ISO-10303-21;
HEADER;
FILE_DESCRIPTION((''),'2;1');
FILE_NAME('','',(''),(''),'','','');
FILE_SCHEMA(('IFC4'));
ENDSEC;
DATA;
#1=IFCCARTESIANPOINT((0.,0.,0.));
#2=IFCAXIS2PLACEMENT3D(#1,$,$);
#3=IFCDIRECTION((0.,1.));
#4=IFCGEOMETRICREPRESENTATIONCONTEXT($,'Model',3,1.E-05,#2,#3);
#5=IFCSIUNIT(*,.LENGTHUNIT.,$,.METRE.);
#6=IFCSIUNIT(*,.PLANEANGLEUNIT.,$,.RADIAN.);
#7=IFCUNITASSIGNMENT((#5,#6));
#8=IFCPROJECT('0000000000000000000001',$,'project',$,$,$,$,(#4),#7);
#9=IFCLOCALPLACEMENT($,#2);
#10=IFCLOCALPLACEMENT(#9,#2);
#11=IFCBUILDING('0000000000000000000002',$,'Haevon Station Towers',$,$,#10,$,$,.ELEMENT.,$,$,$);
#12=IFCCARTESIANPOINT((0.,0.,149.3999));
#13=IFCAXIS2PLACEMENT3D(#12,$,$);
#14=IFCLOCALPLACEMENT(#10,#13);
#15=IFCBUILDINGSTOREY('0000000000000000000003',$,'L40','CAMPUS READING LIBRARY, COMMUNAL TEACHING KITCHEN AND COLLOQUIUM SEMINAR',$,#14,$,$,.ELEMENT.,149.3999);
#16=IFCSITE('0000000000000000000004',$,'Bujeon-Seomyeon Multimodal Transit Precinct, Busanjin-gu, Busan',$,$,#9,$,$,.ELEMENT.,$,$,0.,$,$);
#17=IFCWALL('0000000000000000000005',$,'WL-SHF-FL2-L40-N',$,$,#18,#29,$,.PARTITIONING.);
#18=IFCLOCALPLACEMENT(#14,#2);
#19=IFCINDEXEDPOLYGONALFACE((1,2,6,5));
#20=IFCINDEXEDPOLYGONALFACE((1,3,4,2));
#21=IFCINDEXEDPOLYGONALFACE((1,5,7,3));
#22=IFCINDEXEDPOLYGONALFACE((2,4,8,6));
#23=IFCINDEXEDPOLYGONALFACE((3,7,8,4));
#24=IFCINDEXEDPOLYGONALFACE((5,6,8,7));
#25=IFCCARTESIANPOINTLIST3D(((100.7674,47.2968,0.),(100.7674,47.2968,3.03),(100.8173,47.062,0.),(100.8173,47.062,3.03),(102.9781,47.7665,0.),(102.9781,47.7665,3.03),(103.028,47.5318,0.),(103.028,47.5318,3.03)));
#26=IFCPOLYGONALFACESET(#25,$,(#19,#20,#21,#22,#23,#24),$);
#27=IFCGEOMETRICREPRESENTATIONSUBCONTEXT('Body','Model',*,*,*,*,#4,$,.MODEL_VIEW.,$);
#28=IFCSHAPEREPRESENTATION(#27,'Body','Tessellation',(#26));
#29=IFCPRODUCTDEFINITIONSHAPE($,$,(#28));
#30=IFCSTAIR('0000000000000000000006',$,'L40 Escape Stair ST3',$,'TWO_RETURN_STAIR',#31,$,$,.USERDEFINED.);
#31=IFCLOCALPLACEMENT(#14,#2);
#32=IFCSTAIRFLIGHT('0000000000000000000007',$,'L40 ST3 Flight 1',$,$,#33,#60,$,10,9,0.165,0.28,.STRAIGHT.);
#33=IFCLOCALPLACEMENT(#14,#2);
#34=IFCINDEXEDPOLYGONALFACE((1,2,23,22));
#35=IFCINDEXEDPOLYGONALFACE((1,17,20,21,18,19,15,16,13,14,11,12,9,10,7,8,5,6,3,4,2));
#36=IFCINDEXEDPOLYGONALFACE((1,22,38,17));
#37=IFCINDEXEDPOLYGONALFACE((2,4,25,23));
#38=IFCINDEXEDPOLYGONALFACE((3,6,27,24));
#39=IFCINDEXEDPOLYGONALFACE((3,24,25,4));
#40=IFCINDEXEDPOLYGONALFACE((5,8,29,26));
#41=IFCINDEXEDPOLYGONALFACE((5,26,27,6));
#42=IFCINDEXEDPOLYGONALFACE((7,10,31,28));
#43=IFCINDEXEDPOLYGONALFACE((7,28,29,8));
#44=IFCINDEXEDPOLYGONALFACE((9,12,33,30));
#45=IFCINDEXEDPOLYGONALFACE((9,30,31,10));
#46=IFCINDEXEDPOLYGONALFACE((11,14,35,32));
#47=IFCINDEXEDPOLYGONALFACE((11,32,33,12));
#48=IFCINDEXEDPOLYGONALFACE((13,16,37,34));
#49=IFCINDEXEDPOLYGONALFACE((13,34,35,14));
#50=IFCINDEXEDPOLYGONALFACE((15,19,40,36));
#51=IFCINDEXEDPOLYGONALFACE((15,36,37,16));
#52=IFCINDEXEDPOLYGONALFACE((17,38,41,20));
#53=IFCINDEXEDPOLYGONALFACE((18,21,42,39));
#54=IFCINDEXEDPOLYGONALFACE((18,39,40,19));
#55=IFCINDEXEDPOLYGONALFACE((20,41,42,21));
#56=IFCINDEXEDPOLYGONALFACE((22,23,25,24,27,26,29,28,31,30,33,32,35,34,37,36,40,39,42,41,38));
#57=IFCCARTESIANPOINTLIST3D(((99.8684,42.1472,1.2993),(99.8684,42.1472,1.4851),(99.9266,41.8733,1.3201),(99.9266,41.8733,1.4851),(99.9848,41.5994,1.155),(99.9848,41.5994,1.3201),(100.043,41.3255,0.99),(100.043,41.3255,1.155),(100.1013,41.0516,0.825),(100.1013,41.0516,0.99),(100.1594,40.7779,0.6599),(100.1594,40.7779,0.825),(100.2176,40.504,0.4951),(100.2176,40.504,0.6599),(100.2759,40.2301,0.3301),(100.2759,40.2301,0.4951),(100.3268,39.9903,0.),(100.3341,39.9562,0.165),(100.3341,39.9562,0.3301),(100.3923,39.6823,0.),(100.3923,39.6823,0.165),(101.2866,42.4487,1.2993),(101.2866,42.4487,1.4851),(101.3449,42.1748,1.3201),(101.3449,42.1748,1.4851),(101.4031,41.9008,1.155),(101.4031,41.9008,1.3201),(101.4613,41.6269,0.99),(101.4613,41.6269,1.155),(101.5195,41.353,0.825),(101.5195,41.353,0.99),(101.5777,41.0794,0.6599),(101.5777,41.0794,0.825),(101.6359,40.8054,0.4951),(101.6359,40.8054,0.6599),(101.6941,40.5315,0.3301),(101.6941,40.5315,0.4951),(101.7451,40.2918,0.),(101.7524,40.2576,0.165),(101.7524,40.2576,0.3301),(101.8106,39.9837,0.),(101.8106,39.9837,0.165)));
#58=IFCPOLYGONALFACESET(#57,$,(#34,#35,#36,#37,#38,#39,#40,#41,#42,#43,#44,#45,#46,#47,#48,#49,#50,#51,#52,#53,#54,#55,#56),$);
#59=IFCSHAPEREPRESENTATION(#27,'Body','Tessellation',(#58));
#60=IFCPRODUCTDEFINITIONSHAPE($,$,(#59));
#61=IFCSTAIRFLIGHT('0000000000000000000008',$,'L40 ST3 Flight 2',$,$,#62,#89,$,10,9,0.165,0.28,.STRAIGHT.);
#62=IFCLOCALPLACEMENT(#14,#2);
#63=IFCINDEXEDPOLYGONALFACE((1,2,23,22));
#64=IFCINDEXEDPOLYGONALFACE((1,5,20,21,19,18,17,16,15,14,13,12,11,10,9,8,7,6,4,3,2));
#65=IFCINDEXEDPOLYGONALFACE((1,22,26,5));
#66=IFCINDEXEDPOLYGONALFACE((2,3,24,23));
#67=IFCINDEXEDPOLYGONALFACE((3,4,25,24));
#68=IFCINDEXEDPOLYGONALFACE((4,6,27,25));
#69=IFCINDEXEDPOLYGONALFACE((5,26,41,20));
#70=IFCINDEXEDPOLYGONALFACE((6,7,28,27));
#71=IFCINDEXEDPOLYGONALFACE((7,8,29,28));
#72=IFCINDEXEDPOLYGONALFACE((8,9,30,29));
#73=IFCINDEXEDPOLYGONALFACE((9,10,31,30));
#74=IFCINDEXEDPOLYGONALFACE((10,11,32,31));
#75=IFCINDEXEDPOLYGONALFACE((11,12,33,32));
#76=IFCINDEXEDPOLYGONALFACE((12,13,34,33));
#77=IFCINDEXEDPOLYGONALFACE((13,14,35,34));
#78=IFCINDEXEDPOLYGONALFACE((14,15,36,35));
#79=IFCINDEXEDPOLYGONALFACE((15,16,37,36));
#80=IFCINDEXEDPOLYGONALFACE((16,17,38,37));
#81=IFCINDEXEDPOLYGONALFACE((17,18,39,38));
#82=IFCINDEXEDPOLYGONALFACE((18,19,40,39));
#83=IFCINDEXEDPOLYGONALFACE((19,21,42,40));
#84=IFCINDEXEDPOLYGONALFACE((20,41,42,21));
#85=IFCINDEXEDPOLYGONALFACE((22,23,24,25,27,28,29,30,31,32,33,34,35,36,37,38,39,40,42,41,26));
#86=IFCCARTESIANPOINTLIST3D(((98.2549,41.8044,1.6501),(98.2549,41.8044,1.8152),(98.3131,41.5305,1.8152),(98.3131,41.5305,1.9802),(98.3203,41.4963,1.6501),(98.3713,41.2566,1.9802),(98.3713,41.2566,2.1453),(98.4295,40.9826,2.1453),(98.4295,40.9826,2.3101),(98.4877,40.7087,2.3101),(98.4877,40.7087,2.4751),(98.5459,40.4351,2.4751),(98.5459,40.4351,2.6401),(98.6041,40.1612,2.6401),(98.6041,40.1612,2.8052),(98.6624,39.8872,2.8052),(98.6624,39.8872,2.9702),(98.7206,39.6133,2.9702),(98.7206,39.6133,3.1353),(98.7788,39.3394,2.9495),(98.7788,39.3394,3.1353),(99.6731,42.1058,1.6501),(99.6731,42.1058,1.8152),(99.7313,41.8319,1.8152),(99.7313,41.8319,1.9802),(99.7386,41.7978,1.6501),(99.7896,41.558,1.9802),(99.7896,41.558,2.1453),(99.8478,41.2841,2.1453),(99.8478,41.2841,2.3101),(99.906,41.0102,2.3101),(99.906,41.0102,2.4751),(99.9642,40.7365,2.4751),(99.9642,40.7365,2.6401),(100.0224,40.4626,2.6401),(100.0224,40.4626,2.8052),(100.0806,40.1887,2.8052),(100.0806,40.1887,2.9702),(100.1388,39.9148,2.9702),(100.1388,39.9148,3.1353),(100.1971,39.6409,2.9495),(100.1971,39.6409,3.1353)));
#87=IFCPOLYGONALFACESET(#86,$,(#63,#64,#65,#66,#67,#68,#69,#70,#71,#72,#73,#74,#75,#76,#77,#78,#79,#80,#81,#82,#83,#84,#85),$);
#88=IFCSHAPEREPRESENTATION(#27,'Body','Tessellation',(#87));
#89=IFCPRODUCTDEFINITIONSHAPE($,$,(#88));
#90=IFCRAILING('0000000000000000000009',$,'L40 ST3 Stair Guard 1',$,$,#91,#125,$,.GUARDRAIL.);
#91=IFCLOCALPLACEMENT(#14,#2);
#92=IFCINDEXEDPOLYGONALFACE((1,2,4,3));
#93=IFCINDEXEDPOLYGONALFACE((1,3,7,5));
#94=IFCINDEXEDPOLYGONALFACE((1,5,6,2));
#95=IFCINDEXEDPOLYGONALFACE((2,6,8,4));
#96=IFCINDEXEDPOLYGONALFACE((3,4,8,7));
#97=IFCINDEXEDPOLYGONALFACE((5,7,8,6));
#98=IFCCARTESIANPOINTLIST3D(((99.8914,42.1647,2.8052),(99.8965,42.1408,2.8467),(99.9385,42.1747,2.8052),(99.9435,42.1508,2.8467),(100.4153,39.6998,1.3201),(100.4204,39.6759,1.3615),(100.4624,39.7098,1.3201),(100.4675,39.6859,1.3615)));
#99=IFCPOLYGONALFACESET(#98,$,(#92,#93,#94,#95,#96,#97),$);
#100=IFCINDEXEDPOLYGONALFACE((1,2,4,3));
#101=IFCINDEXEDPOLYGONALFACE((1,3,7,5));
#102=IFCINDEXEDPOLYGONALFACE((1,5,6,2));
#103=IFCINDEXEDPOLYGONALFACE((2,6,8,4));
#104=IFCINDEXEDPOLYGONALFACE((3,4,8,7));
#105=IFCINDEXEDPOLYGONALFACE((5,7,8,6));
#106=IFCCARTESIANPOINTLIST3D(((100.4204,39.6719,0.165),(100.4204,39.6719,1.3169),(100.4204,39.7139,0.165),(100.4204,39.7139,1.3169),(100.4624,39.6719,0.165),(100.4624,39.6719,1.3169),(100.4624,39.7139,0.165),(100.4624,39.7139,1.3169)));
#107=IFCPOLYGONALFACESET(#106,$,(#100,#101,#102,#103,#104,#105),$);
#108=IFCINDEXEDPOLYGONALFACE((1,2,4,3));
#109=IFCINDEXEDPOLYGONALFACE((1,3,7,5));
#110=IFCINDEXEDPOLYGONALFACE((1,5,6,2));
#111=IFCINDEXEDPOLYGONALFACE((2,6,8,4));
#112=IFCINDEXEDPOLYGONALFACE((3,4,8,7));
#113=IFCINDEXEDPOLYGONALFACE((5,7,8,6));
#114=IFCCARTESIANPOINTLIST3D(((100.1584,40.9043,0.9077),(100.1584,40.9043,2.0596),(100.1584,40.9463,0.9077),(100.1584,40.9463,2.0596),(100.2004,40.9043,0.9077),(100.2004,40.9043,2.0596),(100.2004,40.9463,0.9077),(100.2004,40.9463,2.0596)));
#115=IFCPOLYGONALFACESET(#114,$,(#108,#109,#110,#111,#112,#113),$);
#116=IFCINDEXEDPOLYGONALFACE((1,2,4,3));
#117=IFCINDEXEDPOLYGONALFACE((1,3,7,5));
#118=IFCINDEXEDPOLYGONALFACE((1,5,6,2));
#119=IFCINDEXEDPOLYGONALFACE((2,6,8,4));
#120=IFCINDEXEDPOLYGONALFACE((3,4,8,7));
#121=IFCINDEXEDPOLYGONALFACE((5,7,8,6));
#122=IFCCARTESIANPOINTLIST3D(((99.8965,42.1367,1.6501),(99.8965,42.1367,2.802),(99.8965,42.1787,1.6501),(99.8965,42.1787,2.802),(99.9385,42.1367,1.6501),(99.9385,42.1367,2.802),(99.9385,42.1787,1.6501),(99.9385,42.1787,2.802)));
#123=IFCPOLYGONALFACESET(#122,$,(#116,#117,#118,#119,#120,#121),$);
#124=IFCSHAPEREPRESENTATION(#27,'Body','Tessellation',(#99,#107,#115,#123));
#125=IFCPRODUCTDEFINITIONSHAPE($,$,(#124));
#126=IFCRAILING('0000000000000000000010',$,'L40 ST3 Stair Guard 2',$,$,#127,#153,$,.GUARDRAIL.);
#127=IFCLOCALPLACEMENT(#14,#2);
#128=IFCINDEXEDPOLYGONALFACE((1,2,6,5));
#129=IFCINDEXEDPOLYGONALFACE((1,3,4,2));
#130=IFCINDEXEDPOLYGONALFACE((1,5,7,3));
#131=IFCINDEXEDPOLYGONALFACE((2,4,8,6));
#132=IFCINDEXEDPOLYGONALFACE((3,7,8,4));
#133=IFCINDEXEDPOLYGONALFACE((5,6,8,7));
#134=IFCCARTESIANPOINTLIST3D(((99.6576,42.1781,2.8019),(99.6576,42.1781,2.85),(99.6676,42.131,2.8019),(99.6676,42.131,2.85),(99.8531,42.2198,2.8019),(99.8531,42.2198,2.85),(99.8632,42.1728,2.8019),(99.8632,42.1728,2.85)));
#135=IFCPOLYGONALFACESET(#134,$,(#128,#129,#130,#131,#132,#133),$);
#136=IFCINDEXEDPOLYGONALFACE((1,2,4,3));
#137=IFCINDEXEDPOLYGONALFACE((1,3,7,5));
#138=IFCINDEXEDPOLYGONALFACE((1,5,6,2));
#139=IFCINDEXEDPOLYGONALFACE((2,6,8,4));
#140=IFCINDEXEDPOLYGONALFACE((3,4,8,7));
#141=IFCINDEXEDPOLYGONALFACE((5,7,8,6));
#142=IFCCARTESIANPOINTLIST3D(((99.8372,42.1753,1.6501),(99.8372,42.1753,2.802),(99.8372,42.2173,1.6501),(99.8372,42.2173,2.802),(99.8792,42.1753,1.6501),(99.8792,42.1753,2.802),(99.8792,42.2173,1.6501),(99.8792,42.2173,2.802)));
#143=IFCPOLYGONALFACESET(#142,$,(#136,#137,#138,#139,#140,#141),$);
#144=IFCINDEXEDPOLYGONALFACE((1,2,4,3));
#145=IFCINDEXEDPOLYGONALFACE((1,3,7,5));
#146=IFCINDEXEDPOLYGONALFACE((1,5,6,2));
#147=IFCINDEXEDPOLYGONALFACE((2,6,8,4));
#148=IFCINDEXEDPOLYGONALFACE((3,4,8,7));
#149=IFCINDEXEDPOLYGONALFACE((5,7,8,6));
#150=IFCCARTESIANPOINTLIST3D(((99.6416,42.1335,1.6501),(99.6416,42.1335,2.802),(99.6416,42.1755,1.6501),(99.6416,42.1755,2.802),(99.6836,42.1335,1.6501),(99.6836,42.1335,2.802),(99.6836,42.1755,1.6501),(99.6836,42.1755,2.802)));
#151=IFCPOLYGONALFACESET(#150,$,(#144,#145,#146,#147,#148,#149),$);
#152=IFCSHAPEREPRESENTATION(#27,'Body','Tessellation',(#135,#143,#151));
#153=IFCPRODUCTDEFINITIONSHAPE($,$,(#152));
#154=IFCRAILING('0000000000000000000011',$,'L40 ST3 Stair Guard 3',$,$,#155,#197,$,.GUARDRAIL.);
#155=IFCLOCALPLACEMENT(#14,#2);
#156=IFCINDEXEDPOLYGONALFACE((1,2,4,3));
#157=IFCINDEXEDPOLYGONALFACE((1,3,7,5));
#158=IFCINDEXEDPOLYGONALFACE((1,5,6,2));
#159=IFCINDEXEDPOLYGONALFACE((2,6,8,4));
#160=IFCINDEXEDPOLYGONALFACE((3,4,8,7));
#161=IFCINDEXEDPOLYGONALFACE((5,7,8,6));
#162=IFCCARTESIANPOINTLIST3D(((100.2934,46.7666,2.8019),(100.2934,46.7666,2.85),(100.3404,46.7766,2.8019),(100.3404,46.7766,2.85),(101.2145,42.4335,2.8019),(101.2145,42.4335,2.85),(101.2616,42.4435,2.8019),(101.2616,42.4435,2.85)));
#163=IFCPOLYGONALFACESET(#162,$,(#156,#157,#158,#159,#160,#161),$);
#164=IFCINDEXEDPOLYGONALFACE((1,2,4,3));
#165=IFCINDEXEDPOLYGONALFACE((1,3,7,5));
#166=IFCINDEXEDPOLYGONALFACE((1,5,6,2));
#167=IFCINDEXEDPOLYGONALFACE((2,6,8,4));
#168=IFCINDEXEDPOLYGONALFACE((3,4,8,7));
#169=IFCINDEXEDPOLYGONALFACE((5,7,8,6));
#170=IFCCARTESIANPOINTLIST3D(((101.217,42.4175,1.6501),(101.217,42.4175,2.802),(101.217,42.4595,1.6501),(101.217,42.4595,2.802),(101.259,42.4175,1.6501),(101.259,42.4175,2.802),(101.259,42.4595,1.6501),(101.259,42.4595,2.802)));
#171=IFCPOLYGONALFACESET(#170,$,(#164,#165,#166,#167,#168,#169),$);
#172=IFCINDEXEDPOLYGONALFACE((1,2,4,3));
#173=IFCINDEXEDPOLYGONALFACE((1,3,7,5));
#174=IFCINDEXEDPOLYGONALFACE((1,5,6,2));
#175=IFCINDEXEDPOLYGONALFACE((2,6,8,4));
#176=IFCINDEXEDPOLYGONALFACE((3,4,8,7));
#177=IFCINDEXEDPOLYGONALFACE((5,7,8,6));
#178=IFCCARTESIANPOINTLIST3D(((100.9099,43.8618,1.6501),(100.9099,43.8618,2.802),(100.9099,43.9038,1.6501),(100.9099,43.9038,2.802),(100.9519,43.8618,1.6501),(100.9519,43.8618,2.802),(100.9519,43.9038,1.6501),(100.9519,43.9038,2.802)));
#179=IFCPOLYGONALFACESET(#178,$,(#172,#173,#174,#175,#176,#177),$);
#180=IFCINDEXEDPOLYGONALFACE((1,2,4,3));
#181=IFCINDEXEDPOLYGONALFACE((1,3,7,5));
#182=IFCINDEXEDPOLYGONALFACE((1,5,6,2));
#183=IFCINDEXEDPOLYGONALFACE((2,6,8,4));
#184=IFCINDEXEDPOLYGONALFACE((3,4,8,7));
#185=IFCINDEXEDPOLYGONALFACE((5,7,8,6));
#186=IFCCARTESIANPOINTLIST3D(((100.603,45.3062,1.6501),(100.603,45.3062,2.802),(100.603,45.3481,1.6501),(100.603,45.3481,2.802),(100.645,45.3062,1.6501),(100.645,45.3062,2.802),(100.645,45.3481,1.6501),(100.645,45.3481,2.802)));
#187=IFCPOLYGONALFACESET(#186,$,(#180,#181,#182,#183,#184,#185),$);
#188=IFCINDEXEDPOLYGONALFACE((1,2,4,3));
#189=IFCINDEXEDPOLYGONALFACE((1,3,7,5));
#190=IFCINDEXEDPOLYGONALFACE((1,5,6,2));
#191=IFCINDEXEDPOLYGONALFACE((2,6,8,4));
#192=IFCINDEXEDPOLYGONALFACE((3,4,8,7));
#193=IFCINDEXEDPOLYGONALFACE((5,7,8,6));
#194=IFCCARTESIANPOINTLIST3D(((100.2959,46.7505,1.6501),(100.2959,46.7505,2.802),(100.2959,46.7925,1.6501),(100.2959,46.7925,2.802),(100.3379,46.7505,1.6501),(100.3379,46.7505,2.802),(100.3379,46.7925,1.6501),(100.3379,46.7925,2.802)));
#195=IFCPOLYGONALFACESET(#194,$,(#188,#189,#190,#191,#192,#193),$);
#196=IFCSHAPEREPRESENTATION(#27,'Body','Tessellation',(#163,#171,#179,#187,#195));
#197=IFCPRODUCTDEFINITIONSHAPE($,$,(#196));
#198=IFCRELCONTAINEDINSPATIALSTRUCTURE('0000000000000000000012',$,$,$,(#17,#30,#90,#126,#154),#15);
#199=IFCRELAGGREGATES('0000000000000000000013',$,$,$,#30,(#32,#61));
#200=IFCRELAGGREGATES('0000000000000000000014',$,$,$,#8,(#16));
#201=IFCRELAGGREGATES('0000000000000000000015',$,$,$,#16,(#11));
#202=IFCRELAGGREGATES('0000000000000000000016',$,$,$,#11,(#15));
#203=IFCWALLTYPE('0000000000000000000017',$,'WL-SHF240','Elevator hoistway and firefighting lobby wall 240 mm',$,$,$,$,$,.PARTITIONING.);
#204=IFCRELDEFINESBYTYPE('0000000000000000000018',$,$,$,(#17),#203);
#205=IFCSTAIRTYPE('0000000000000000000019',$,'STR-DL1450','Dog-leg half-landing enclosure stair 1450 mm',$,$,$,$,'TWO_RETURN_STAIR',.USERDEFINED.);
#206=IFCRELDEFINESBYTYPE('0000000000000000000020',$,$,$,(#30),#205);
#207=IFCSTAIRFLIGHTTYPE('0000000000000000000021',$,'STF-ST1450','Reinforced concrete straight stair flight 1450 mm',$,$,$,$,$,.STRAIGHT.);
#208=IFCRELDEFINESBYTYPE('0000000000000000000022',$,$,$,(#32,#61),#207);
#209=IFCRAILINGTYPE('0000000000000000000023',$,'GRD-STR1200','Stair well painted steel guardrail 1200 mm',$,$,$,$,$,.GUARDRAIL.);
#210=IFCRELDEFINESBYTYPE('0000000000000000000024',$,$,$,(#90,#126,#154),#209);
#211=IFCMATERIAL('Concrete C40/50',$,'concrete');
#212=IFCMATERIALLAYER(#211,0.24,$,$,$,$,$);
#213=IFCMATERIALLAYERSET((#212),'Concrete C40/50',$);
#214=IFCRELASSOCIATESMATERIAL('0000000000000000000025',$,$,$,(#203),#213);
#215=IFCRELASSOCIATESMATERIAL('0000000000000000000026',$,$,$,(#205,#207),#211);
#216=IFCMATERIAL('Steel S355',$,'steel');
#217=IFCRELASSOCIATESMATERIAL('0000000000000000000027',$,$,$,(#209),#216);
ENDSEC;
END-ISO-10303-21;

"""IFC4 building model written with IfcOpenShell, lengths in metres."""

from ifc_helpers import new_model, si_unit, direction, frame, frame_2d, origin, origin_2d, place, context, subcontext, project, spatial, polyline, rectangle, outline, extrude, material, layer, layer_set, type_object, element, aggregate, save


model = new_model("IFC4")

# Units and contexts
model_context = context("Model", 3, precision=1e-05, world=origin(), true_north=direction((0.0, 1.0)))
body_context = subcontext(model_context, "Body", "Model", "MODEL_VIEW")
ifc_project = project(units=[si_unit("LENGTHUNIT", "METRE"), si_unit("PLANEANGLEUNIT", "RADIAN")], contexts=[model_context])

# Site, building, storey
site_placement = place(None, origin())
site = spatial("IfcSite", under=ifc_project, at=site_placement, Name="Bujeon-Seomyeon Multimodal Transit Precinct, Busanjin-gu, Busan", CompositionType="ELEMENT", RefElevation=0.0)
building_placement = place(site_placement, origin())
building = spatial("IfcBuilding", under=site, at=building_placement, Name="Haevon Station Towers", CompositionType="ELEMENT")
storey_placement = place(building_placement, frame((0.0, 0.0, 149.3999)))
storey = spatial("IfcBuildingStorey", under=building, at=storey_placement, Name="L40", Description="CAMPUS READING LIBRARY, COMMUNAL TEACHING KITCHEN AND COLLOQUIUM SEMINAR", CompositionType="ELEMENT", Elevation=149.3999)

# Shared definitions
ifc_material_1 = material(Name="Steel S355", Category="steel")

# Shared definitions
ifc_material_2 = material(Name="Concrete C40/50", Category="concrete")
ifc_layer_1 = layer(ifc_material_2, 0.24)
ifc_layer_set_1 = layer_set([ifc_layer_1], Name="Concrete C40/50")
wall_type_1 = type_object("IfcWallType", Name="WL-SHF240", Description="Elevator hoistway and firefighting lobby wall 240 mm", PredefinedType="PARTITIONING", material=ifc_layer_set_1)

# Wall
wall_1_placement = place(storey_placement, frame((100.7925, 47.1794, 0.0), z_axis=(0.0, 0.0, 1.0), x_axis=(0.978163, 0.207839, 0.0)))
element("IfcWall", 1, at=wall_1_placement, inside=storey, type_object=wall_type_1, Name="WL-SHF-FL2-L40-N", PredefinedType="PARTITIONING", context=body_context, shape_type="SweptSolid", body=[
    extrude(rectangle(XDim=2.26, YDim=0.24, at=frame_2d((1.1299, 0.0))), origin(), (0.0, 0.0, 1.0), 3.03),
])

# Stair, stair flights
stair_type = type_object("IfcStairType", Name="STR-DL1450", Description="Dog-leg half-landing enclosure stair 1450 mm", ElementType="TWO_RETURN_STAIR", PredefinedType="USERDEFINED", material=ifc_material_2)
stair_placement = place(storey_placement, origin())
stair = element("IfcStair", 2, at=stair_placement, inside=storey, type_object=stair_type, Name="L40 Escape Stair ST3", ObjectType="TWO_RETURN_STAIR", PredefinedType="USERDEFINED")
stair_flight_type = type_object("IfcStairFlightType", Name="STF-ST1450", Description="Reinforced concrete straight stair flight 1450 mm", PredefinedType="STRAIGHT", material=ifc_material_2)
stair_flight_1_placement = place(storey_placement, frame((101.1016, 39.833, 0.0), z_axis=(0.0, 0.0, 1.0), x_axis=(-0.207912, 0.978148, 0.0)))
stair_flight_1 = element("IfcStairFlight", 3, at=stair_flight_1_placement, type_object=stair_flight_type, Name="L40 ST3 Flight 1", NumberOfRisers=10, NumberOfTreads=9, PredefinedType="STRAIGHT", RiserHeight=0.165, TreadLength=0.28, context=body_context, shape_type="SweptSolid", body=[
    extrude(outline(polyline([(0.0, 0.0), (0.0, 0.165), (0.28, 0.165), (0.28, 0.3301), (0.5601, 0.3301), (0.5601, 0.4951), (0.8401, 0.4951), (0.8401, 0.6599), (1.1201, 0.6599), (1.1201, 0.825), (1.3999, 0.825), (1.3999, 0.99), (1.6799, 0.99), (1.6799, 1.155), (1.96, 1.155), (1.96, 1.3201), (2.24, 1.3201), (2.24, 1.4851), (2.52, 1.4851), (2.52, 1.6499), (2.52, 1.2993), (0.3149, 0.0), (0.0, 0.0)])), frame((0.0, 0.7251, 0.0), z_axis=(0.0, -1.0, 0.0), x_axis=(1.0, 0.0, 0.0)), (0.0, 0.0, 1.0), 1.45),
])
stair_flight_2_placement = place(storey_placement, frame((98.9639, 41.9551, 1.6501), z_axis=(0.0, 0.0, 1.0), x_axis=(0.207912, -0.978148, 0.0)))
stair_flight_2 = element("IfcStairFlight", 4, at=stair_flight_2_placement, type_object=stair_flight_type, Name="L40 ST3 Flight 2", NumberOfRisers=10, NumberOfTreads=9, PredefinedType="STRAIGHT", RiserHeight=0.165, TreadLength=0.28, context=body_context, shape_type="SweptSolid", body=[
    extrude(outline(polyline([(0.0, 0.0), (0.0, 0.165), (0.28, 0.165), (0.28, 0.3301), (0.5601, 0.3301), (0.5601, 0.4951), (0.8401, 0.4951), (0.8401, 0.6599), (1.1201, 0.6599), (1.1201, 0.825), (1.3999, 0.825), (1.3999, 0.99), (1.6799, 0.99), (1.6799, 1.155), (1.96, 1.155), (1.96, 1.3201), (2.24, 1.3201), (2.24, 1.4851), (2.52, 1.4851), (2.52, 1.6499), (2.52, 1.2993), (0.3149, 0.0), (0.0, 0.0)])), frame((0.0, 0.7251, 0.0), z_axis=(0.0, -1.0, 0.0), x_axis=(1.0, 0.0, 0.0)), (0.0, 0.0, 1.0), 1.45),
])
aggregate(stair, [stair_flight_1, stair_flight_2])

# Railings
railing_type_1 = type_object("IfcRailingType", Name="GRD-STR1200", Description="Stair well painted steel guardrail 1200 mm", PredefinedType="GUARDRAIL", material=ifc_material_1)
railing_1_placement = place(storey_placement, frame((100.4414, 39.6929, 0.165)))
element("IfcRailing", 5, at=railing_1_placement, inside=storey, type_object=railing_type_1, Name="L40 ST3 Stair Guard 1", PredefinedType="GUARDRAIL", context=body_context, shape_type="SweptSolid", body=[
    extrude(rectangle(XDim=0.0481, YDim=0.0481, at=origin_2d()), frame((0.0, 0.0, 1.1758), z_axis=(-0.179121, 0.842688, 0.507733), x_axis=(-0.978147, -0.207914, 0.0)), (0.0, 0.0, 1.0), 2.925),
    extrude(rectangle(XDim=0.042, YDim=0.042, at=origin_2d()), origin(), (0.0, 0.0, 1.0), 1.1519),
    extrude(rectangle(XDim=0.042, YDim=0.042, at=origin_2d()), frame((-0.262, 1.2324, 0.7427)), (0.0, 0.0, 1.0), 1.1519),
    extrude(rectangle(XDim=0.042, YDim=0.042, at=origin_2d()), frame((-0.5239, 2.4648, 1.4851)), (0.0, 0.0, 1.0), 1.1519),
])
railing_2_placement = place(storey_placement, frame((99.8582, 42.1963, 1.6501)))
element("IfcRailing", 6, at=railing_2_placement, inside=storey, type_object=railing_type_1, Name="L40 ST3 Stair Guard 2", PredefinedType="GUARDRAIL", context=body_context, shape_type="SweptSolid", body=[
    extrude(rectangle(XDim=0.0481, YDim=0.0481, at=origin_2d()), frame((0.0, 0.0, 1.1758), z_axis=(-0.977963, -0.208779, 0.0), x_axis=(0.208779, -0.977963, 0.0)), (0.0, 0.0, 1.0), 0.2),
    extrude(rectangle(XDim=0.042, YDim=0.042, at=origin_2d()), origin(), (0.0, 0.0, 1.0), 1.1519),
    extrude(rectangle(XDim=0.042, YDim=0.042, at=origin_2d()), frame((-0.1956, -0.0417, 0.0)), (0.0, 0.0, 1.0), 1.1519),
])
railing_3_placement = place(storey_placement, frame((101.238, 42.4385, 1.6501)))
element("IfcRailing", 7, at=railing_3_placement, inside=storey, type_object=railing_type_1, Name="L40 ST3 Stair Guard 3", PredefinedType="GUARDRAIL", context=body_context, shape_type="SweptSolid", body=[
    extrude(rectangle(XDim=0.0481, YDim=0.0481, at=origin_2d()), frame((0.0, 0.0, 1.1758), z_axis=(-0.20794, 0.978141, 0.0), x_axis=(-0.978141, -0.20794, 0.0)), (0.0, 0.0, 1.0), 4.4299),
    extrude(rectangle(XDim=0.042, YDim=0.042, at=origin_2d()), origin(), (0.0, 0.0, 1.0), 1.1519),
    extrude(rectangle(XDim=0.042, YDim=0.042, at=origin_2d()), frame((-0.3071, 1.4443, 0.0)), (0.0, 0.0, 1.0), 1.1519),
    extrude(rectangle(XDim=0.042, YDim=0.042, at=origin_2d()), frame((-0.614, 2.8887, 0.0)), (0.0, 0.0, 1.0), 1.1519),
    extrude(rectangle(XDim=0.042, YDim=0.042, at=origin_2d()), frame((-0.9211, 4.333, 0.0)), (0.0, 0.0, 1.0), 1.1519),
])

save(model, "model.ifc")
